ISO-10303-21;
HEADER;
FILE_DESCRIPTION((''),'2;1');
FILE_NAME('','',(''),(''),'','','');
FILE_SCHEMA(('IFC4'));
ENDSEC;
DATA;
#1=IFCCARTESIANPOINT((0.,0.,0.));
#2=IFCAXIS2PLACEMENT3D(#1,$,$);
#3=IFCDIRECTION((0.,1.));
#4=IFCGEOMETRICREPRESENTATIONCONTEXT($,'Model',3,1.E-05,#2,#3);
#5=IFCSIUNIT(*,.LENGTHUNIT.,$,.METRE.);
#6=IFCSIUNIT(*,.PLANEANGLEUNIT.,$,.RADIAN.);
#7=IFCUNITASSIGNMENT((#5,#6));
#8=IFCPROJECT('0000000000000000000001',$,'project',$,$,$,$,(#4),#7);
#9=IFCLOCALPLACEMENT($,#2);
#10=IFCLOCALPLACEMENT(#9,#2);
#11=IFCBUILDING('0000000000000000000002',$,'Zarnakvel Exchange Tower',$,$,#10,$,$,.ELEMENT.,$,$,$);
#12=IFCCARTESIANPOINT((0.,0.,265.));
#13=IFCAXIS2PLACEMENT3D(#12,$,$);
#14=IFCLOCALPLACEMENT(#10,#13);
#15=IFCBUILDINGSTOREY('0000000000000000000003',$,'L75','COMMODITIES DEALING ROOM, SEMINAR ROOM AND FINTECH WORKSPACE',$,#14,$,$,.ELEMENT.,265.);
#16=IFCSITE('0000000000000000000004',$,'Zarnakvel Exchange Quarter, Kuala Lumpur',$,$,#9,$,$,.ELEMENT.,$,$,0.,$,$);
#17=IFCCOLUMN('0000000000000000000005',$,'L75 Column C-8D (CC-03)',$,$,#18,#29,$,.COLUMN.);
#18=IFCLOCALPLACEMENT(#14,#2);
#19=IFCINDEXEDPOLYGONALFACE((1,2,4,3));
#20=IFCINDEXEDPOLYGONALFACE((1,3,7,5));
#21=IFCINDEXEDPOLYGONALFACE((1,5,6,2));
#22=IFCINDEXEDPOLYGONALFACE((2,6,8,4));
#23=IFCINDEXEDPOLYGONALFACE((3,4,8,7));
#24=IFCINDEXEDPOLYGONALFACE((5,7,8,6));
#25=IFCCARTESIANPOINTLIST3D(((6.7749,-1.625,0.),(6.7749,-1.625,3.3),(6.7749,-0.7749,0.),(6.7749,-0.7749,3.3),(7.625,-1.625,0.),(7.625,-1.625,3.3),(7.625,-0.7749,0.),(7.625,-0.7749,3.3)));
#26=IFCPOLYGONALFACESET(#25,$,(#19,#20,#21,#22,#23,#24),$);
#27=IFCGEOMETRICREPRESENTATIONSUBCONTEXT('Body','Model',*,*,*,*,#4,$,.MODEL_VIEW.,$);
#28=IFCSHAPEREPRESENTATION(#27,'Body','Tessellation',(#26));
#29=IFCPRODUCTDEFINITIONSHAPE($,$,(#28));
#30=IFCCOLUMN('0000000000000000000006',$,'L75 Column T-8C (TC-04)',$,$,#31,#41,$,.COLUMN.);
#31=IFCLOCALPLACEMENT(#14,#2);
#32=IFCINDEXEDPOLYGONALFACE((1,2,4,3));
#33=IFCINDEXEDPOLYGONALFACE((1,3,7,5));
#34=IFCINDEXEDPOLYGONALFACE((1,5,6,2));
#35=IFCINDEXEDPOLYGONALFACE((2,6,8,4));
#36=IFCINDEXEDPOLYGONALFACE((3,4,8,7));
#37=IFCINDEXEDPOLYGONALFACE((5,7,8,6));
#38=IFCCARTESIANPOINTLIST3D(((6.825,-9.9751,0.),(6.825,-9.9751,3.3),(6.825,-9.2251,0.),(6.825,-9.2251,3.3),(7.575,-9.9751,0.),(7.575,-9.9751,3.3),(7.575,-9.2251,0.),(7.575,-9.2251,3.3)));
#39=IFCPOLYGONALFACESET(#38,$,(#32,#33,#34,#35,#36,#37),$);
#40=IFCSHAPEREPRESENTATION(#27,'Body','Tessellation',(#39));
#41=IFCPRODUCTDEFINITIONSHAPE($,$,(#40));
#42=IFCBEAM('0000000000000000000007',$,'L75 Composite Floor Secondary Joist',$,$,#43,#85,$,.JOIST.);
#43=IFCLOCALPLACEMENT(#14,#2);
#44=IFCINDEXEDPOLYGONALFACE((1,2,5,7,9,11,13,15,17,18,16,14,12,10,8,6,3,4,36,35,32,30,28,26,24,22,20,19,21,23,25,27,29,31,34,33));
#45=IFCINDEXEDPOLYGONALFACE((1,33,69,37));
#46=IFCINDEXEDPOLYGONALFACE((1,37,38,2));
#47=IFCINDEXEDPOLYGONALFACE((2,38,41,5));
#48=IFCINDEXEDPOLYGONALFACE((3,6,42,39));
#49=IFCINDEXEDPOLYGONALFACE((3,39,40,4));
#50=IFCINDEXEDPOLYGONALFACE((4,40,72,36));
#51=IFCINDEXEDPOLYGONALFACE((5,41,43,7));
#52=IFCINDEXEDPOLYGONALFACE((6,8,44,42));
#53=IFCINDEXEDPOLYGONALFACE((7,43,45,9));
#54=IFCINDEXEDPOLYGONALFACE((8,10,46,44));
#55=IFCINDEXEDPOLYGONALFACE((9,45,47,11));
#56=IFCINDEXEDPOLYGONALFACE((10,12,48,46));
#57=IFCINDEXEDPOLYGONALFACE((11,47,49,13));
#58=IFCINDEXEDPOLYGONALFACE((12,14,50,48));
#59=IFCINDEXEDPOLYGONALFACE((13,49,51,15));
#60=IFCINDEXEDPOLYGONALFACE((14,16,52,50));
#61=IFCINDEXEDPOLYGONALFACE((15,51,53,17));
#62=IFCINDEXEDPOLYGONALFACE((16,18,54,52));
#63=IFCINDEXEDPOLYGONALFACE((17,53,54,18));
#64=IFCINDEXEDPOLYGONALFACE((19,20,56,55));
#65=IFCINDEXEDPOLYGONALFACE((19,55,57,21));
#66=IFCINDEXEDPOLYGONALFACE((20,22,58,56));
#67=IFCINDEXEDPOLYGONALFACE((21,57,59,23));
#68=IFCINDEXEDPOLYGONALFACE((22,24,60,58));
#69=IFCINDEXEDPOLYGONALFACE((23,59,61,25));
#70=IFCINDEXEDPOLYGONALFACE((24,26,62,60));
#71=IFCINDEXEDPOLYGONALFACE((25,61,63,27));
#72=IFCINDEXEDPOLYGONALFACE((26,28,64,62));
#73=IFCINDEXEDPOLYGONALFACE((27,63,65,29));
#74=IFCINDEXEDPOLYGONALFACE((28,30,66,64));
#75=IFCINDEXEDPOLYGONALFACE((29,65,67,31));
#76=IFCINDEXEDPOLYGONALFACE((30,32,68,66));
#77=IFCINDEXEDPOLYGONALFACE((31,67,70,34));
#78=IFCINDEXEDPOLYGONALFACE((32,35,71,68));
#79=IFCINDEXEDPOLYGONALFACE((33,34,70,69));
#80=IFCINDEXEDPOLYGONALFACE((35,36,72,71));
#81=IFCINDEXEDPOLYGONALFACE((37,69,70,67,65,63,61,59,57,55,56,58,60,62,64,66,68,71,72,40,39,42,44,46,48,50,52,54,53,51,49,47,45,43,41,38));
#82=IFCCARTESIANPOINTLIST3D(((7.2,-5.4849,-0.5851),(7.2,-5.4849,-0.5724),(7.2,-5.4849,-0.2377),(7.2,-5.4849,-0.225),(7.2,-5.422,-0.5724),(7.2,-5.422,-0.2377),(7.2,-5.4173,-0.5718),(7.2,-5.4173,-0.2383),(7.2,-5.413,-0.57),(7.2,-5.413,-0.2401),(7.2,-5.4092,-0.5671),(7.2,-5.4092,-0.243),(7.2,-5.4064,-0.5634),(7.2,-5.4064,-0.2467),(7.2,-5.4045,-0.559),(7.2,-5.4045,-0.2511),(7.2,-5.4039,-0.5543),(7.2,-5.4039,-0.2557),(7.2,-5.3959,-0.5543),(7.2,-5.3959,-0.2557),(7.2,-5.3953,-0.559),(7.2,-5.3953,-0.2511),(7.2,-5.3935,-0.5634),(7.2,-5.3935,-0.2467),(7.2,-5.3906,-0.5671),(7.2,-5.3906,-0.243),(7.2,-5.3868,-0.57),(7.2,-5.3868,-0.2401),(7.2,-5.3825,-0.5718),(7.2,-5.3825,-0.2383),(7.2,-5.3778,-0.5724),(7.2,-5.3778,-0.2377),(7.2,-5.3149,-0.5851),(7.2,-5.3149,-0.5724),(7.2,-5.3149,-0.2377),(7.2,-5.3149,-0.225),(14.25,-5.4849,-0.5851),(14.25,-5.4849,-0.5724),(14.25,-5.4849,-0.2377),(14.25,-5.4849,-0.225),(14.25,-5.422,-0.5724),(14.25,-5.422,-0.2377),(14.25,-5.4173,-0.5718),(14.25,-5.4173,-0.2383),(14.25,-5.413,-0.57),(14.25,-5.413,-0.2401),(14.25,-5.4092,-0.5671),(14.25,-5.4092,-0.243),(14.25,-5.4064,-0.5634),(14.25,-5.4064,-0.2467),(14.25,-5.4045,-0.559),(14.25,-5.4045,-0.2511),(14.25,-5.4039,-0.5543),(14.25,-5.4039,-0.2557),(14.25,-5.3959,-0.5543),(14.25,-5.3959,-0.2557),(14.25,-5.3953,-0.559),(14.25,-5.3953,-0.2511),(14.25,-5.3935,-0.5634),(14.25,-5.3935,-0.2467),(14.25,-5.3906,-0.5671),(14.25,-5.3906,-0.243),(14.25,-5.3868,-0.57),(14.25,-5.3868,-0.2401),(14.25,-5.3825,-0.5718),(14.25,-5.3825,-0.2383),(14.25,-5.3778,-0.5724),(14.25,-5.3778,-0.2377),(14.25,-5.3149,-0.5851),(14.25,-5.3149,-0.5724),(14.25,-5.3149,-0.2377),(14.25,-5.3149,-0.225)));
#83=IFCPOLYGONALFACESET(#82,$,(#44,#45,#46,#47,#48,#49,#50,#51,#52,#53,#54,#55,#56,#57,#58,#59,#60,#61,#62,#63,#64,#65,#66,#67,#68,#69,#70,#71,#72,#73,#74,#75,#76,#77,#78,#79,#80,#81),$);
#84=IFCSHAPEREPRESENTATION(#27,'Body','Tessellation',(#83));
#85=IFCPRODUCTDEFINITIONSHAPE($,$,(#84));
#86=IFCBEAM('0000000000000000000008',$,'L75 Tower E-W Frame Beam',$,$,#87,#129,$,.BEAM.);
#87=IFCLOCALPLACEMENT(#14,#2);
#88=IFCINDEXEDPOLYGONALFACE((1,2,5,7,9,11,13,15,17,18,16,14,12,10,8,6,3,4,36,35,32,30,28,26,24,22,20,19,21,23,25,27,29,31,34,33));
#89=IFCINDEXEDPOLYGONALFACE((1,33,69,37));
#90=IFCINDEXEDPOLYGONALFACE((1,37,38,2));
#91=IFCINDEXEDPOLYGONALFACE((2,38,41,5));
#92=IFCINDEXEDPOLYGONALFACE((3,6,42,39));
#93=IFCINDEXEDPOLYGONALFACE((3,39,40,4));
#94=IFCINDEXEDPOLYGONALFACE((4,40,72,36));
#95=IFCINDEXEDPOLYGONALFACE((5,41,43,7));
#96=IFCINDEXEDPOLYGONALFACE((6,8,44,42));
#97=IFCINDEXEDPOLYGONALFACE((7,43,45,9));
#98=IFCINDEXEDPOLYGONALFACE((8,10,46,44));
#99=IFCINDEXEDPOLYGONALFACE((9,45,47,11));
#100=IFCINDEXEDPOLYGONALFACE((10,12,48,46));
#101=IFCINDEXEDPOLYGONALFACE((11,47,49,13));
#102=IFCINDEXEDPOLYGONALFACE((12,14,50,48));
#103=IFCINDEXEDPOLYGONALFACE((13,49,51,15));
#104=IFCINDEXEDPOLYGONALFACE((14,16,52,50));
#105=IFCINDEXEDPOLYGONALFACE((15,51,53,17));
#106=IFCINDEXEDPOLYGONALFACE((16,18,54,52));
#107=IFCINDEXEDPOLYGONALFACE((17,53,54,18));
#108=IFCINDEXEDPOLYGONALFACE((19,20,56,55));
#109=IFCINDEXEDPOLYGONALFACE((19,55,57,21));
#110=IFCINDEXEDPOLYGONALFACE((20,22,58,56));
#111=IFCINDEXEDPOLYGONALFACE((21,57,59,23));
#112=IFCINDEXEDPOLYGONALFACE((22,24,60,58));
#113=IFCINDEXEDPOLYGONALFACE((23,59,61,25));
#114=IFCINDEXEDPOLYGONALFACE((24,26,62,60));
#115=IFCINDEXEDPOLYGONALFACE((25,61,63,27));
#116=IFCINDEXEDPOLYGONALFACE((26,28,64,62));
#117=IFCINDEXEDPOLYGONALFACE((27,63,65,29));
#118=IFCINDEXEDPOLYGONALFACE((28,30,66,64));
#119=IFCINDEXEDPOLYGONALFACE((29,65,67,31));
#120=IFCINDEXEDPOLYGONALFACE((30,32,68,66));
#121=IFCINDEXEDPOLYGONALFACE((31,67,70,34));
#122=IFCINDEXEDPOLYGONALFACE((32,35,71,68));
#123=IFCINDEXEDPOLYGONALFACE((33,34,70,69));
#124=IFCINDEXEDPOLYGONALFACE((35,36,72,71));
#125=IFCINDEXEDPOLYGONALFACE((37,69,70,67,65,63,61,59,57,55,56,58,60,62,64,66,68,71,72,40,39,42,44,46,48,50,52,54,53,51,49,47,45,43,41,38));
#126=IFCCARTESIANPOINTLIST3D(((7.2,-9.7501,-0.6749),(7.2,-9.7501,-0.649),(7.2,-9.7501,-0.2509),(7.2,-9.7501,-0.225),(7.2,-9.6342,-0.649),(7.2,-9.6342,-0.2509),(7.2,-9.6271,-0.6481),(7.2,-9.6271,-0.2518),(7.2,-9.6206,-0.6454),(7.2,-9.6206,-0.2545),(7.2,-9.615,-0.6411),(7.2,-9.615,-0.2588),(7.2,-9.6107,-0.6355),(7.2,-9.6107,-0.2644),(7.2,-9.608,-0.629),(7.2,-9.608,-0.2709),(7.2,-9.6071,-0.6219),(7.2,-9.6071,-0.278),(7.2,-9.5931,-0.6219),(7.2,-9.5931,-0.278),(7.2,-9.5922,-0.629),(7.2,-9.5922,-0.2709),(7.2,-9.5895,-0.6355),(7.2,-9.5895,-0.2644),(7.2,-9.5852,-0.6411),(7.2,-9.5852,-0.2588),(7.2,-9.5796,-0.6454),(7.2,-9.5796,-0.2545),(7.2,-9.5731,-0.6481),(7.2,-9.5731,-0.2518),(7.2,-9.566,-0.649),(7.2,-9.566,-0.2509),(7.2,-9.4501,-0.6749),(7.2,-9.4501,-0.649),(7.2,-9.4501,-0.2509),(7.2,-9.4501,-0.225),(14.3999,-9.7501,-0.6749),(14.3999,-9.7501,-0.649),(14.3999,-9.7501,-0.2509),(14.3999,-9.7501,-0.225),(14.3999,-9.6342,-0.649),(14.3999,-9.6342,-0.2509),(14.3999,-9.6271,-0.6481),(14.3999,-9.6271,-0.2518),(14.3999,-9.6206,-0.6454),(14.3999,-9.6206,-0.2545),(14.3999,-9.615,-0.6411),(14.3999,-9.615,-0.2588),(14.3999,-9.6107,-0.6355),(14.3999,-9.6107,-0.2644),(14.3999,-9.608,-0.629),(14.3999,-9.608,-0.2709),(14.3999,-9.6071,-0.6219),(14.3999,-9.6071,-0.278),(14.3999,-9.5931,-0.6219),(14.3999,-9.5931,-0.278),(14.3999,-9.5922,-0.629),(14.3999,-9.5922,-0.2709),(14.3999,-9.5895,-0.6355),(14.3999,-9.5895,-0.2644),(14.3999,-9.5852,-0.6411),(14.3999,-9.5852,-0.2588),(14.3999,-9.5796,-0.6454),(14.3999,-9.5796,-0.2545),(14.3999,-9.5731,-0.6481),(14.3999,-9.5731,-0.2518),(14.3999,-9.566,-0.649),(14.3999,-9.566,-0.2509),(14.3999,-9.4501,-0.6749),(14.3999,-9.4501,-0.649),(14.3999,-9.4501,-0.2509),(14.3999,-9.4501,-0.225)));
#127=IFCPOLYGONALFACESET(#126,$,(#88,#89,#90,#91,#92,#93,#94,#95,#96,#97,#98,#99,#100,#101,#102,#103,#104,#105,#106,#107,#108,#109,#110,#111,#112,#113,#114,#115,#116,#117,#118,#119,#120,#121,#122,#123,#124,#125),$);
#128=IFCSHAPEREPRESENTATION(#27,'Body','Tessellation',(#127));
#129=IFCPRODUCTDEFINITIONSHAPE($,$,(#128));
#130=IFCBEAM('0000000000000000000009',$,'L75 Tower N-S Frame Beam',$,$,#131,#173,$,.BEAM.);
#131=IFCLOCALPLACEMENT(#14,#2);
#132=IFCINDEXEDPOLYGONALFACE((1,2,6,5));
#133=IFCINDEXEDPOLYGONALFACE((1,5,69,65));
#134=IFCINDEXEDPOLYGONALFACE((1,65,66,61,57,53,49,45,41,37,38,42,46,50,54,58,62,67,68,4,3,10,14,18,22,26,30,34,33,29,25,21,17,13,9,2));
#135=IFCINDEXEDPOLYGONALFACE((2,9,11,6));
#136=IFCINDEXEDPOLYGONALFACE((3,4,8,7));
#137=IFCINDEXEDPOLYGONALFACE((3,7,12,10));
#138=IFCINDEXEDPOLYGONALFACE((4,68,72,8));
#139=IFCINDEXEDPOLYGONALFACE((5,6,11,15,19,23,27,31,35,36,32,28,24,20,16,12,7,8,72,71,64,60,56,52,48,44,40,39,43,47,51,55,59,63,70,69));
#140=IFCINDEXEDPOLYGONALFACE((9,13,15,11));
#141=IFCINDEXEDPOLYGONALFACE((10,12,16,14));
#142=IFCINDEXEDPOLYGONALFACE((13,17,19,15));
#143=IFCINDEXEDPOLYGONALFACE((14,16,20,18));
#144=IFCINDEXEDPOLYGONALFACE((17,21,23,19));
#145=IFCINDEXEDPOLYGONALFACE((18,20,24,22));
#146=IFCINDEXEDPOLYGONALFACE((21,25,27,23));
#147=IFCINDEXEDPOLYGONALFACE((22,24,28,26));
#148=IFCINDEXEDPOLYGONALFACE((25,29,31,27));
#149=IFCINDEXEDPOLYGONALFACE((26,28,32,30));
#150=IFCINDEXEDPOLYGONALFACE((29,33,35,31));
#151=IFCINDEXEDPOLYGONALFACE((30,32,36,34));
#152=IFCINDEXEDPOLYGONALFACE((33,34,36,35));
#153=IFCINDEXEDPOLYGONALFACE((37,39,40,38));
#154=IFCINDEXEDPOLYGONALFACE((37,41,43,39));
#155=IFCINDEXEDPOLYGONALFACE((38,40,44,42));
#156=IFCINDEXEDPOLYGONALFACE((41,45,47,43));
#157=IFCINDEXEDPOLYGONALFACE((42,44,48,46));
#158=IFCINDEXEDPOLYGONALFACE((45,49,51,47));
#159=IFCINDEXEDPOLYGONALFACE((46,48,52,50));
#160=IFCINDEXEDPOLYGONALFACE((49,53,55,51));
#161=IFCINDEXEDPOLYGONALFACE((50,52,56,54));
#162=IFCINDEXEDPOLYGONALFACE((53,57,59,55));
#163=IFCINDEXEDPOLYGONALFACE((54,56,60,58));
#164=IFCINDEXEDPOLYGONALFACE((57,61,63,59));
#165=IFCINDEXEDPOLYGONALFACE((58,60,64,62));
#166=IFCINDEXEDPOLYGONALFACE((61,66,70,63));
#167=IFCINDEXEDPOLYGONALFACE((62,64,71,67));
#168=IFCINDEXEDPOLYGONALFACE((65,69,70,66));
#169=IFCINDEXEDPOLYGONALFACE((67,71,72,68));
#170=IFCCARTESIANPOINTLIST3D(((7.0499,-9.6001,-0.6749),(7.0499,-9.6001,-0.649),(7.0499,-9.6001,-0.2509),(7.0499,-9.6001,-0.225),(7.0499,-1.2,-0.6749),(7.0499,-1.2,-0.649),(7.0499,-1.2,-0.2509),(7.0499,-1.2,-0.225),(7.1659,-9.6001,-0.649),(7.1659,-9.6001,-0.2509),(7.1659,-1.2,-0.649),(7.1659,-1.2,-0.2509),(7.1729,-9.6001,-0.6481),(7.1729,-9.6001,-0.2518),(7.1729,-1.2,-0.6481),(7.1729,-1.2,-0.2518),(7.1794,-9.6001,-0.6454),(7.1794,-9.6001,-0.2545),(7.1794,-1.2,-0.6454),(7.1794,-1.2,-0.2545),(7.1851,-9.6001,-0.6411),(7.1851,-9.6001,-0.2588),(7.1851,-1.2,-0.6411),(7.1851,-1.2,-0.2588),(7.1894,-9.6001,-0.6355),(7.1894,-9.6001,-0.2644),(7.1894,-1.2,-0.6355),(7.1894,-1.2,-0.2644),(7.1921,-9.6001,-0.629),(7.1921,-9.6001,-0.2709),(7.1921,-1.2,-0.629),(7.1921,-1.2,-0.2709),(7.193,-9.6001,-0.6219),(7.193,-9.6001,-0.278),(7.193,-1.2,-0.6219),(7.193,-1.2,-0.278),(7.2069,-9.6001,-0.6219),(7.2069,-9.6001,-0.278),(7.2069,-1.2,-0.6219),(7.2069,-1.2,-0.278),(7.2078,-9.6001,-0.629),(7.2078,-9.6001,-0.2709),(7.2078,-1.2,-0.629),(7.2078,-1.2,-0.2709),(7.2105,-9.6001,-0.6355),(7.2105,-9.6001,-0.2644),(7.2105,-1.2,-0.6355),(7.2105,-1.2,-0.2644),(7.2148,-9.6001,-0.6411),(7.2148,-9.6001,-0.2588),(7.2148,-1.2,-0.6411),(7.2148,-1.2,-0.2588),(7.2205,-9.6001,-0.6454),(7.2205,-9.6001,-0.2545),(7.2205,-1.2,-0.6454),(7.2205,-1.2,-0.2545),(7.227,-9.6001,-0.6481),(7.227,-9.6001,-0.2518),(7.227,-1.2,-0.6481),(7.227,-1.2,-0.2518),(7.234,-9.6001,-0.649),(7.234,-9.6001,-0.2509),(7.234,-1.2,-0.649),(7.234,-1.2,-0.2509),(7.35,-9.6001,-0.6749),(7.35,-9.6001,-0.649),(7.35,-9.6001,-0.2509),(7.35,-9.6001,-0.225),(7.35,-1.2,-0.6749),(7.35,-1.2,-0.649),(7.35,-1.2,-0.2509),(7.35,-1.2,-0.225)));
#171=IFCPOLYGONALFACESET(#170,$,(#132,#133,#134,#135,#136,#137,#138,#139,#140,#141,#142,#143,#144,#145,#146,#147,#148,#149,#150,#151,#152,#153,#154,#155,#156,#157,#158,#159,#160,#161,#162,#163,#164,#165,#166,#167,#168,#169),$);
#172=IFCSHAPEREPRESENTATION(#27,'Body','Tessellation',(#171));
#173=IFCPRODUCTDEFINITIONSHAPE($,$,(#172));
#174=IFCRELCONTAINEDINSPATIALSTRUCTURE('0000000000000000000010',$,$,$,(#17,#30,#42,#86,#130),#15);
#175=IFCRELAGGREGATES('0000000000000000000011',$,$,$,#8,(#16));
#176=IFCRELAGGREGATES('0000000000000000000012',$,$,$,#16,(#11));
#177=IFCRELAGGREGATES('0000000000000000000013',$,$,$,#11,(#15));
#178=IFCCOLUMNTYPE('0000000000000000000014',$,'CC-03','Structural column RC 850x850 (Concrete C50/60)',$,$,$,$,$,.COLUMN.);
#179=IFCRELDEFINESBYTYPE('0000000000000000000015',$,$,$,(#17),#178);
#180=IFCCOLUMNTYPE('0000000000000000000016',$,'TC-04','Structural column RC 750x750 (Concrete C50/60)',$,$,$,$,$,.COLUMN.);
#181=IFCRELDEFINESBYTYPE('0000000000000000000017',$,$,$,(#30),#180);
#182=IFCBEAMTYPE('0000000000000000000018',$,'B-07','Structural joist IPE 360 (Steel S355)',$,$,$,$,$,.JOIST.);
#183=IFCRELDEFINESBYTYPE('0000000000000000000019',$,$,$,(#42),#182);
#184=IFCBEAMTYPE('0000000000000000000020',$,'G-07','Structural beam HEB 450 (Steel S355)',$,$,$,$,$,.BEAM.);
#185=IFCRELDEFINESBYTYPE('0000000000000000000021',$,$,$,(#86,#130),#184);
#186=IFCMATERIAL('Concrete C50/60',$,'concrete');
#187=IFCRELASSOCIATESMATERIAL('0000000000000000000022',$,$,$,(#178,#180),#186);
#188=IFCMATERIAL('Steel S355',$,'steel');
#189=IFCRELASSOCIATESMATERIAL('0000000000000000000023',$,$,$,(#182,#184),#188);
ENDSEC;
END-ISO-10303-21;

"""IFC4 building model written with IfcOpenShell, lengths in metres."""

from ifc_helpers import new_model, si_unit, direction, frame, origin, origin_2d, place, context, subcontext, project, spatial, rectangle, i_section, extrude, material, material_profile, profile_set, type_object, element, save


model = new_model("IFC4")

# Units and contexts
model_context = context("Model", 3, precision=1e-05, world=origin(), true_north=direction((0.0, 1.0)))
body_context = subcontext(model_context, "Body", "Model", "MODEL_VIEW")
ifc_project = project(units=[si_unit("LENGTHUNIT", "METRE"), si_unit("PLANEANGLEUNIT", "RADIAN")], contexts=[model_context])

# Site, building, storey
site_placement = place(None, origin())
site = spatial("IfcSite", under=ifc_project, at=site_placement, Name="Zarnakvel Exchange Quarter, Kuala Lumpur", CompositionType="ELEMENT", RefElevation=0.0)
building_placement = place(site_placement, origin())
building = spatial("IfcBuilding", under=site, at=building_placement, Name="Zarnakvel Exchange Tower", CompositionType="ELEMENT")
storey_placement = place(building_placement, frame((0.0, 0.0, 265.0)))
storey = spatial("IfcBuildingStorey", under=building, at=storey_placement, Name="L75", Description="COMMODITIES DEALING ROOM, SEMINAR ROOM AND FINTECH WORKSPACE", CompositionType="ELEMENT", Elevation=265.0)

# Columns
ifc_material_1 = material(Name="Concrete C50/60", Category="concrete")
ifc_material_profile_1 = material_profile(ifc_material_1, rectangle(XDim=0.8501, YDim=0.8501, at=origin_2d()))
ifc_profile_set_1 = profile_set([ifc_material_profile_1], Name="Concrete C50/60")
column_type_1 = type_object("IfcColumnType", Name="CC-03", Description="Structural column RC 850x850 (Concrete C50/60)", PredefinedType="COLUMN", material=ifc_profile_set_1)
column_1_placement = place(storey_placement, frame((7.2, -1.2, 0.0), z_axis=(0.0, 0.0, 1.0), x_axis=(1.0, 0.0, 0.0)))
element("IfcColumn", 1, at=column_1_placement, inside=storey, type_object=column_type_1, Name="L75 Column C-8D (CC-03)", PredefinedType="COLUMN", context=body_context, shape_type="SweptSolid", body=[
    extrude(rectangle(XDim=0.8501, YDim=0.8501, at=origin_2d()), origin(), (0.0, 0.0, 1.0), 3.3),
])
ifc_material_profile_2 = material_profile(ifc_material_1, rectangle(XDim=0.75, YDim=0.75, at=origin_2d()))
ifc_profile_set_2 = profile_set([ifc_material_profile_2], Name="Concrete C50/60")
column_type_2 = type_object("IfcColumnType", Name="TC-04", Description="Structural column RC 750x750 (Concrete C50/60)", PredefinedType="COLUMN", material=ifc_profile_set_2)
column_2_placement = place(storey_placement, frame((7.2, -9.6001, 0.0), z_axis=(0.0, 0.0, 1.0), x_axis=(1.0, 0.0, 0.0)))
element("IfcColumn", 2, at=column_2_placement, inside=storey, type_object=column_type_2, Name="L75 Column T-8C (TC-04)", PredefinedType="COLUMN", context=body_context, shape_type="SweptSolid", body=[
    extrude(rectangle(XDim=0.75, YDim=0.75, at=origin_2d()), origin(), (0.0, 0.0, 1.0), 3.3),
])

# Beams
ifc_material_2 = material(Name="Steel S355", Category="steel")
ifc_material_profile_3 = material_profile(ifc_material_2, i_section(OverallWidth=0.1699, OverallDepth=0.3601, WebThickness=0.0081, FlangeThickness=0.0127, FilletRadius=0.0181, at=origin_2d()))
ifc_profile_set_3 = profile_set([ifc_material_profile_3], Name="Steel S355")
beam_type_1 = type_object("IfcBeamType", Name="B-07", Description="Structural joist IPE 360 (Steel S355)", PredefinedType="JOIST", material=ifc_profile_set_3)
beam_1_placement = place(storey_placement, frame((7.2, -5.3999, -0.405), z_axis=(1.0, 0.0, 0.0), x_axis=(0.0, 1.0, 0.0)))
element("IfcBeam", 3, at=beam_1_placement, inside=storey, type_object=beam_type_1, Name="L75 Composite Floor Secondary Joist", PredefinedType="JOIST", context=body_context, shape_type="SweptSolid", body=[
    extrude(i_section(OverallWidth=0.1699, OverallDepth=0.3601, WebThickness=0.0081, FlangeThickness=0.0127, FilletRadius=0.0181, at=origin_2d()), origin(), (0.0, 0.0, 1.0), 7.05),
])
ifc_material_profile_4 = material_profile(ifc_material_2, i_section(OverallWidth=0.3, OverallDepth=0.45, WebThickness=0.0139, FlangeThickness=0.0259, FilletRadius=0.0271, at=origin_2d()))
ifc_profile_set_4 = profile_set([ifc_material_profile_4], Name="Steel S355")
beam_type_2 = type_object("IfcBeamType", Name="G-07", Description="Structural beam HEB 450 (Steel S355)", PredefinedType="BEAM", material=ifc_profile_set_4)
beam_2_placement = place(storey_placement, frame((7.2, -9.6001, -0.45), z_axis=(1.0, 0.0, 0.0), x_axis=(0.0, 1.0, 0.0)))
element("IfcBeam", 4, at=beam_2_placement, inside=storey, type_object=beam_type_2, Name="L75 Tower E-W Frame Beam", PredefinedType="BEAM", context=body_context, shape_type="SweptSolid", body=[
    extrude(i_section(OverallWidth=0.3, OverallDepth=0.45, WebThickness=0.0139, FlangeThickness=0.0259, FilletRadius=0.0271, at=origin_2d()), origin(), (0.0, 0.0, 1.0), 7.2),
])
beam_3_placement = place(storey_placement, frame((7.2, -9.6001, -0.45), z_axis=(0.0, 1.0, 0.0), x_axis=(-1.0, 0.0, 0.0)))
element("IfcBeam", 5, at=beam_3_placement, inside=storey, type_object=beam_type_2, Name="L75 Tower N-S Frame Beam", PredefinedType="BEAM", context=body_context, shape_type="SweptSolid", body=[
    extrude(i_section(OverallWidth=0.3, OverallDepth=0.45, WebThickness=0.0139, FlangeThickness=0.0259, FilletRadius=0.0271, at=origin_2d()), origin(), (0.0, 0.0, 1.0), 8.4001),
])

save(model, "model.ifc")
